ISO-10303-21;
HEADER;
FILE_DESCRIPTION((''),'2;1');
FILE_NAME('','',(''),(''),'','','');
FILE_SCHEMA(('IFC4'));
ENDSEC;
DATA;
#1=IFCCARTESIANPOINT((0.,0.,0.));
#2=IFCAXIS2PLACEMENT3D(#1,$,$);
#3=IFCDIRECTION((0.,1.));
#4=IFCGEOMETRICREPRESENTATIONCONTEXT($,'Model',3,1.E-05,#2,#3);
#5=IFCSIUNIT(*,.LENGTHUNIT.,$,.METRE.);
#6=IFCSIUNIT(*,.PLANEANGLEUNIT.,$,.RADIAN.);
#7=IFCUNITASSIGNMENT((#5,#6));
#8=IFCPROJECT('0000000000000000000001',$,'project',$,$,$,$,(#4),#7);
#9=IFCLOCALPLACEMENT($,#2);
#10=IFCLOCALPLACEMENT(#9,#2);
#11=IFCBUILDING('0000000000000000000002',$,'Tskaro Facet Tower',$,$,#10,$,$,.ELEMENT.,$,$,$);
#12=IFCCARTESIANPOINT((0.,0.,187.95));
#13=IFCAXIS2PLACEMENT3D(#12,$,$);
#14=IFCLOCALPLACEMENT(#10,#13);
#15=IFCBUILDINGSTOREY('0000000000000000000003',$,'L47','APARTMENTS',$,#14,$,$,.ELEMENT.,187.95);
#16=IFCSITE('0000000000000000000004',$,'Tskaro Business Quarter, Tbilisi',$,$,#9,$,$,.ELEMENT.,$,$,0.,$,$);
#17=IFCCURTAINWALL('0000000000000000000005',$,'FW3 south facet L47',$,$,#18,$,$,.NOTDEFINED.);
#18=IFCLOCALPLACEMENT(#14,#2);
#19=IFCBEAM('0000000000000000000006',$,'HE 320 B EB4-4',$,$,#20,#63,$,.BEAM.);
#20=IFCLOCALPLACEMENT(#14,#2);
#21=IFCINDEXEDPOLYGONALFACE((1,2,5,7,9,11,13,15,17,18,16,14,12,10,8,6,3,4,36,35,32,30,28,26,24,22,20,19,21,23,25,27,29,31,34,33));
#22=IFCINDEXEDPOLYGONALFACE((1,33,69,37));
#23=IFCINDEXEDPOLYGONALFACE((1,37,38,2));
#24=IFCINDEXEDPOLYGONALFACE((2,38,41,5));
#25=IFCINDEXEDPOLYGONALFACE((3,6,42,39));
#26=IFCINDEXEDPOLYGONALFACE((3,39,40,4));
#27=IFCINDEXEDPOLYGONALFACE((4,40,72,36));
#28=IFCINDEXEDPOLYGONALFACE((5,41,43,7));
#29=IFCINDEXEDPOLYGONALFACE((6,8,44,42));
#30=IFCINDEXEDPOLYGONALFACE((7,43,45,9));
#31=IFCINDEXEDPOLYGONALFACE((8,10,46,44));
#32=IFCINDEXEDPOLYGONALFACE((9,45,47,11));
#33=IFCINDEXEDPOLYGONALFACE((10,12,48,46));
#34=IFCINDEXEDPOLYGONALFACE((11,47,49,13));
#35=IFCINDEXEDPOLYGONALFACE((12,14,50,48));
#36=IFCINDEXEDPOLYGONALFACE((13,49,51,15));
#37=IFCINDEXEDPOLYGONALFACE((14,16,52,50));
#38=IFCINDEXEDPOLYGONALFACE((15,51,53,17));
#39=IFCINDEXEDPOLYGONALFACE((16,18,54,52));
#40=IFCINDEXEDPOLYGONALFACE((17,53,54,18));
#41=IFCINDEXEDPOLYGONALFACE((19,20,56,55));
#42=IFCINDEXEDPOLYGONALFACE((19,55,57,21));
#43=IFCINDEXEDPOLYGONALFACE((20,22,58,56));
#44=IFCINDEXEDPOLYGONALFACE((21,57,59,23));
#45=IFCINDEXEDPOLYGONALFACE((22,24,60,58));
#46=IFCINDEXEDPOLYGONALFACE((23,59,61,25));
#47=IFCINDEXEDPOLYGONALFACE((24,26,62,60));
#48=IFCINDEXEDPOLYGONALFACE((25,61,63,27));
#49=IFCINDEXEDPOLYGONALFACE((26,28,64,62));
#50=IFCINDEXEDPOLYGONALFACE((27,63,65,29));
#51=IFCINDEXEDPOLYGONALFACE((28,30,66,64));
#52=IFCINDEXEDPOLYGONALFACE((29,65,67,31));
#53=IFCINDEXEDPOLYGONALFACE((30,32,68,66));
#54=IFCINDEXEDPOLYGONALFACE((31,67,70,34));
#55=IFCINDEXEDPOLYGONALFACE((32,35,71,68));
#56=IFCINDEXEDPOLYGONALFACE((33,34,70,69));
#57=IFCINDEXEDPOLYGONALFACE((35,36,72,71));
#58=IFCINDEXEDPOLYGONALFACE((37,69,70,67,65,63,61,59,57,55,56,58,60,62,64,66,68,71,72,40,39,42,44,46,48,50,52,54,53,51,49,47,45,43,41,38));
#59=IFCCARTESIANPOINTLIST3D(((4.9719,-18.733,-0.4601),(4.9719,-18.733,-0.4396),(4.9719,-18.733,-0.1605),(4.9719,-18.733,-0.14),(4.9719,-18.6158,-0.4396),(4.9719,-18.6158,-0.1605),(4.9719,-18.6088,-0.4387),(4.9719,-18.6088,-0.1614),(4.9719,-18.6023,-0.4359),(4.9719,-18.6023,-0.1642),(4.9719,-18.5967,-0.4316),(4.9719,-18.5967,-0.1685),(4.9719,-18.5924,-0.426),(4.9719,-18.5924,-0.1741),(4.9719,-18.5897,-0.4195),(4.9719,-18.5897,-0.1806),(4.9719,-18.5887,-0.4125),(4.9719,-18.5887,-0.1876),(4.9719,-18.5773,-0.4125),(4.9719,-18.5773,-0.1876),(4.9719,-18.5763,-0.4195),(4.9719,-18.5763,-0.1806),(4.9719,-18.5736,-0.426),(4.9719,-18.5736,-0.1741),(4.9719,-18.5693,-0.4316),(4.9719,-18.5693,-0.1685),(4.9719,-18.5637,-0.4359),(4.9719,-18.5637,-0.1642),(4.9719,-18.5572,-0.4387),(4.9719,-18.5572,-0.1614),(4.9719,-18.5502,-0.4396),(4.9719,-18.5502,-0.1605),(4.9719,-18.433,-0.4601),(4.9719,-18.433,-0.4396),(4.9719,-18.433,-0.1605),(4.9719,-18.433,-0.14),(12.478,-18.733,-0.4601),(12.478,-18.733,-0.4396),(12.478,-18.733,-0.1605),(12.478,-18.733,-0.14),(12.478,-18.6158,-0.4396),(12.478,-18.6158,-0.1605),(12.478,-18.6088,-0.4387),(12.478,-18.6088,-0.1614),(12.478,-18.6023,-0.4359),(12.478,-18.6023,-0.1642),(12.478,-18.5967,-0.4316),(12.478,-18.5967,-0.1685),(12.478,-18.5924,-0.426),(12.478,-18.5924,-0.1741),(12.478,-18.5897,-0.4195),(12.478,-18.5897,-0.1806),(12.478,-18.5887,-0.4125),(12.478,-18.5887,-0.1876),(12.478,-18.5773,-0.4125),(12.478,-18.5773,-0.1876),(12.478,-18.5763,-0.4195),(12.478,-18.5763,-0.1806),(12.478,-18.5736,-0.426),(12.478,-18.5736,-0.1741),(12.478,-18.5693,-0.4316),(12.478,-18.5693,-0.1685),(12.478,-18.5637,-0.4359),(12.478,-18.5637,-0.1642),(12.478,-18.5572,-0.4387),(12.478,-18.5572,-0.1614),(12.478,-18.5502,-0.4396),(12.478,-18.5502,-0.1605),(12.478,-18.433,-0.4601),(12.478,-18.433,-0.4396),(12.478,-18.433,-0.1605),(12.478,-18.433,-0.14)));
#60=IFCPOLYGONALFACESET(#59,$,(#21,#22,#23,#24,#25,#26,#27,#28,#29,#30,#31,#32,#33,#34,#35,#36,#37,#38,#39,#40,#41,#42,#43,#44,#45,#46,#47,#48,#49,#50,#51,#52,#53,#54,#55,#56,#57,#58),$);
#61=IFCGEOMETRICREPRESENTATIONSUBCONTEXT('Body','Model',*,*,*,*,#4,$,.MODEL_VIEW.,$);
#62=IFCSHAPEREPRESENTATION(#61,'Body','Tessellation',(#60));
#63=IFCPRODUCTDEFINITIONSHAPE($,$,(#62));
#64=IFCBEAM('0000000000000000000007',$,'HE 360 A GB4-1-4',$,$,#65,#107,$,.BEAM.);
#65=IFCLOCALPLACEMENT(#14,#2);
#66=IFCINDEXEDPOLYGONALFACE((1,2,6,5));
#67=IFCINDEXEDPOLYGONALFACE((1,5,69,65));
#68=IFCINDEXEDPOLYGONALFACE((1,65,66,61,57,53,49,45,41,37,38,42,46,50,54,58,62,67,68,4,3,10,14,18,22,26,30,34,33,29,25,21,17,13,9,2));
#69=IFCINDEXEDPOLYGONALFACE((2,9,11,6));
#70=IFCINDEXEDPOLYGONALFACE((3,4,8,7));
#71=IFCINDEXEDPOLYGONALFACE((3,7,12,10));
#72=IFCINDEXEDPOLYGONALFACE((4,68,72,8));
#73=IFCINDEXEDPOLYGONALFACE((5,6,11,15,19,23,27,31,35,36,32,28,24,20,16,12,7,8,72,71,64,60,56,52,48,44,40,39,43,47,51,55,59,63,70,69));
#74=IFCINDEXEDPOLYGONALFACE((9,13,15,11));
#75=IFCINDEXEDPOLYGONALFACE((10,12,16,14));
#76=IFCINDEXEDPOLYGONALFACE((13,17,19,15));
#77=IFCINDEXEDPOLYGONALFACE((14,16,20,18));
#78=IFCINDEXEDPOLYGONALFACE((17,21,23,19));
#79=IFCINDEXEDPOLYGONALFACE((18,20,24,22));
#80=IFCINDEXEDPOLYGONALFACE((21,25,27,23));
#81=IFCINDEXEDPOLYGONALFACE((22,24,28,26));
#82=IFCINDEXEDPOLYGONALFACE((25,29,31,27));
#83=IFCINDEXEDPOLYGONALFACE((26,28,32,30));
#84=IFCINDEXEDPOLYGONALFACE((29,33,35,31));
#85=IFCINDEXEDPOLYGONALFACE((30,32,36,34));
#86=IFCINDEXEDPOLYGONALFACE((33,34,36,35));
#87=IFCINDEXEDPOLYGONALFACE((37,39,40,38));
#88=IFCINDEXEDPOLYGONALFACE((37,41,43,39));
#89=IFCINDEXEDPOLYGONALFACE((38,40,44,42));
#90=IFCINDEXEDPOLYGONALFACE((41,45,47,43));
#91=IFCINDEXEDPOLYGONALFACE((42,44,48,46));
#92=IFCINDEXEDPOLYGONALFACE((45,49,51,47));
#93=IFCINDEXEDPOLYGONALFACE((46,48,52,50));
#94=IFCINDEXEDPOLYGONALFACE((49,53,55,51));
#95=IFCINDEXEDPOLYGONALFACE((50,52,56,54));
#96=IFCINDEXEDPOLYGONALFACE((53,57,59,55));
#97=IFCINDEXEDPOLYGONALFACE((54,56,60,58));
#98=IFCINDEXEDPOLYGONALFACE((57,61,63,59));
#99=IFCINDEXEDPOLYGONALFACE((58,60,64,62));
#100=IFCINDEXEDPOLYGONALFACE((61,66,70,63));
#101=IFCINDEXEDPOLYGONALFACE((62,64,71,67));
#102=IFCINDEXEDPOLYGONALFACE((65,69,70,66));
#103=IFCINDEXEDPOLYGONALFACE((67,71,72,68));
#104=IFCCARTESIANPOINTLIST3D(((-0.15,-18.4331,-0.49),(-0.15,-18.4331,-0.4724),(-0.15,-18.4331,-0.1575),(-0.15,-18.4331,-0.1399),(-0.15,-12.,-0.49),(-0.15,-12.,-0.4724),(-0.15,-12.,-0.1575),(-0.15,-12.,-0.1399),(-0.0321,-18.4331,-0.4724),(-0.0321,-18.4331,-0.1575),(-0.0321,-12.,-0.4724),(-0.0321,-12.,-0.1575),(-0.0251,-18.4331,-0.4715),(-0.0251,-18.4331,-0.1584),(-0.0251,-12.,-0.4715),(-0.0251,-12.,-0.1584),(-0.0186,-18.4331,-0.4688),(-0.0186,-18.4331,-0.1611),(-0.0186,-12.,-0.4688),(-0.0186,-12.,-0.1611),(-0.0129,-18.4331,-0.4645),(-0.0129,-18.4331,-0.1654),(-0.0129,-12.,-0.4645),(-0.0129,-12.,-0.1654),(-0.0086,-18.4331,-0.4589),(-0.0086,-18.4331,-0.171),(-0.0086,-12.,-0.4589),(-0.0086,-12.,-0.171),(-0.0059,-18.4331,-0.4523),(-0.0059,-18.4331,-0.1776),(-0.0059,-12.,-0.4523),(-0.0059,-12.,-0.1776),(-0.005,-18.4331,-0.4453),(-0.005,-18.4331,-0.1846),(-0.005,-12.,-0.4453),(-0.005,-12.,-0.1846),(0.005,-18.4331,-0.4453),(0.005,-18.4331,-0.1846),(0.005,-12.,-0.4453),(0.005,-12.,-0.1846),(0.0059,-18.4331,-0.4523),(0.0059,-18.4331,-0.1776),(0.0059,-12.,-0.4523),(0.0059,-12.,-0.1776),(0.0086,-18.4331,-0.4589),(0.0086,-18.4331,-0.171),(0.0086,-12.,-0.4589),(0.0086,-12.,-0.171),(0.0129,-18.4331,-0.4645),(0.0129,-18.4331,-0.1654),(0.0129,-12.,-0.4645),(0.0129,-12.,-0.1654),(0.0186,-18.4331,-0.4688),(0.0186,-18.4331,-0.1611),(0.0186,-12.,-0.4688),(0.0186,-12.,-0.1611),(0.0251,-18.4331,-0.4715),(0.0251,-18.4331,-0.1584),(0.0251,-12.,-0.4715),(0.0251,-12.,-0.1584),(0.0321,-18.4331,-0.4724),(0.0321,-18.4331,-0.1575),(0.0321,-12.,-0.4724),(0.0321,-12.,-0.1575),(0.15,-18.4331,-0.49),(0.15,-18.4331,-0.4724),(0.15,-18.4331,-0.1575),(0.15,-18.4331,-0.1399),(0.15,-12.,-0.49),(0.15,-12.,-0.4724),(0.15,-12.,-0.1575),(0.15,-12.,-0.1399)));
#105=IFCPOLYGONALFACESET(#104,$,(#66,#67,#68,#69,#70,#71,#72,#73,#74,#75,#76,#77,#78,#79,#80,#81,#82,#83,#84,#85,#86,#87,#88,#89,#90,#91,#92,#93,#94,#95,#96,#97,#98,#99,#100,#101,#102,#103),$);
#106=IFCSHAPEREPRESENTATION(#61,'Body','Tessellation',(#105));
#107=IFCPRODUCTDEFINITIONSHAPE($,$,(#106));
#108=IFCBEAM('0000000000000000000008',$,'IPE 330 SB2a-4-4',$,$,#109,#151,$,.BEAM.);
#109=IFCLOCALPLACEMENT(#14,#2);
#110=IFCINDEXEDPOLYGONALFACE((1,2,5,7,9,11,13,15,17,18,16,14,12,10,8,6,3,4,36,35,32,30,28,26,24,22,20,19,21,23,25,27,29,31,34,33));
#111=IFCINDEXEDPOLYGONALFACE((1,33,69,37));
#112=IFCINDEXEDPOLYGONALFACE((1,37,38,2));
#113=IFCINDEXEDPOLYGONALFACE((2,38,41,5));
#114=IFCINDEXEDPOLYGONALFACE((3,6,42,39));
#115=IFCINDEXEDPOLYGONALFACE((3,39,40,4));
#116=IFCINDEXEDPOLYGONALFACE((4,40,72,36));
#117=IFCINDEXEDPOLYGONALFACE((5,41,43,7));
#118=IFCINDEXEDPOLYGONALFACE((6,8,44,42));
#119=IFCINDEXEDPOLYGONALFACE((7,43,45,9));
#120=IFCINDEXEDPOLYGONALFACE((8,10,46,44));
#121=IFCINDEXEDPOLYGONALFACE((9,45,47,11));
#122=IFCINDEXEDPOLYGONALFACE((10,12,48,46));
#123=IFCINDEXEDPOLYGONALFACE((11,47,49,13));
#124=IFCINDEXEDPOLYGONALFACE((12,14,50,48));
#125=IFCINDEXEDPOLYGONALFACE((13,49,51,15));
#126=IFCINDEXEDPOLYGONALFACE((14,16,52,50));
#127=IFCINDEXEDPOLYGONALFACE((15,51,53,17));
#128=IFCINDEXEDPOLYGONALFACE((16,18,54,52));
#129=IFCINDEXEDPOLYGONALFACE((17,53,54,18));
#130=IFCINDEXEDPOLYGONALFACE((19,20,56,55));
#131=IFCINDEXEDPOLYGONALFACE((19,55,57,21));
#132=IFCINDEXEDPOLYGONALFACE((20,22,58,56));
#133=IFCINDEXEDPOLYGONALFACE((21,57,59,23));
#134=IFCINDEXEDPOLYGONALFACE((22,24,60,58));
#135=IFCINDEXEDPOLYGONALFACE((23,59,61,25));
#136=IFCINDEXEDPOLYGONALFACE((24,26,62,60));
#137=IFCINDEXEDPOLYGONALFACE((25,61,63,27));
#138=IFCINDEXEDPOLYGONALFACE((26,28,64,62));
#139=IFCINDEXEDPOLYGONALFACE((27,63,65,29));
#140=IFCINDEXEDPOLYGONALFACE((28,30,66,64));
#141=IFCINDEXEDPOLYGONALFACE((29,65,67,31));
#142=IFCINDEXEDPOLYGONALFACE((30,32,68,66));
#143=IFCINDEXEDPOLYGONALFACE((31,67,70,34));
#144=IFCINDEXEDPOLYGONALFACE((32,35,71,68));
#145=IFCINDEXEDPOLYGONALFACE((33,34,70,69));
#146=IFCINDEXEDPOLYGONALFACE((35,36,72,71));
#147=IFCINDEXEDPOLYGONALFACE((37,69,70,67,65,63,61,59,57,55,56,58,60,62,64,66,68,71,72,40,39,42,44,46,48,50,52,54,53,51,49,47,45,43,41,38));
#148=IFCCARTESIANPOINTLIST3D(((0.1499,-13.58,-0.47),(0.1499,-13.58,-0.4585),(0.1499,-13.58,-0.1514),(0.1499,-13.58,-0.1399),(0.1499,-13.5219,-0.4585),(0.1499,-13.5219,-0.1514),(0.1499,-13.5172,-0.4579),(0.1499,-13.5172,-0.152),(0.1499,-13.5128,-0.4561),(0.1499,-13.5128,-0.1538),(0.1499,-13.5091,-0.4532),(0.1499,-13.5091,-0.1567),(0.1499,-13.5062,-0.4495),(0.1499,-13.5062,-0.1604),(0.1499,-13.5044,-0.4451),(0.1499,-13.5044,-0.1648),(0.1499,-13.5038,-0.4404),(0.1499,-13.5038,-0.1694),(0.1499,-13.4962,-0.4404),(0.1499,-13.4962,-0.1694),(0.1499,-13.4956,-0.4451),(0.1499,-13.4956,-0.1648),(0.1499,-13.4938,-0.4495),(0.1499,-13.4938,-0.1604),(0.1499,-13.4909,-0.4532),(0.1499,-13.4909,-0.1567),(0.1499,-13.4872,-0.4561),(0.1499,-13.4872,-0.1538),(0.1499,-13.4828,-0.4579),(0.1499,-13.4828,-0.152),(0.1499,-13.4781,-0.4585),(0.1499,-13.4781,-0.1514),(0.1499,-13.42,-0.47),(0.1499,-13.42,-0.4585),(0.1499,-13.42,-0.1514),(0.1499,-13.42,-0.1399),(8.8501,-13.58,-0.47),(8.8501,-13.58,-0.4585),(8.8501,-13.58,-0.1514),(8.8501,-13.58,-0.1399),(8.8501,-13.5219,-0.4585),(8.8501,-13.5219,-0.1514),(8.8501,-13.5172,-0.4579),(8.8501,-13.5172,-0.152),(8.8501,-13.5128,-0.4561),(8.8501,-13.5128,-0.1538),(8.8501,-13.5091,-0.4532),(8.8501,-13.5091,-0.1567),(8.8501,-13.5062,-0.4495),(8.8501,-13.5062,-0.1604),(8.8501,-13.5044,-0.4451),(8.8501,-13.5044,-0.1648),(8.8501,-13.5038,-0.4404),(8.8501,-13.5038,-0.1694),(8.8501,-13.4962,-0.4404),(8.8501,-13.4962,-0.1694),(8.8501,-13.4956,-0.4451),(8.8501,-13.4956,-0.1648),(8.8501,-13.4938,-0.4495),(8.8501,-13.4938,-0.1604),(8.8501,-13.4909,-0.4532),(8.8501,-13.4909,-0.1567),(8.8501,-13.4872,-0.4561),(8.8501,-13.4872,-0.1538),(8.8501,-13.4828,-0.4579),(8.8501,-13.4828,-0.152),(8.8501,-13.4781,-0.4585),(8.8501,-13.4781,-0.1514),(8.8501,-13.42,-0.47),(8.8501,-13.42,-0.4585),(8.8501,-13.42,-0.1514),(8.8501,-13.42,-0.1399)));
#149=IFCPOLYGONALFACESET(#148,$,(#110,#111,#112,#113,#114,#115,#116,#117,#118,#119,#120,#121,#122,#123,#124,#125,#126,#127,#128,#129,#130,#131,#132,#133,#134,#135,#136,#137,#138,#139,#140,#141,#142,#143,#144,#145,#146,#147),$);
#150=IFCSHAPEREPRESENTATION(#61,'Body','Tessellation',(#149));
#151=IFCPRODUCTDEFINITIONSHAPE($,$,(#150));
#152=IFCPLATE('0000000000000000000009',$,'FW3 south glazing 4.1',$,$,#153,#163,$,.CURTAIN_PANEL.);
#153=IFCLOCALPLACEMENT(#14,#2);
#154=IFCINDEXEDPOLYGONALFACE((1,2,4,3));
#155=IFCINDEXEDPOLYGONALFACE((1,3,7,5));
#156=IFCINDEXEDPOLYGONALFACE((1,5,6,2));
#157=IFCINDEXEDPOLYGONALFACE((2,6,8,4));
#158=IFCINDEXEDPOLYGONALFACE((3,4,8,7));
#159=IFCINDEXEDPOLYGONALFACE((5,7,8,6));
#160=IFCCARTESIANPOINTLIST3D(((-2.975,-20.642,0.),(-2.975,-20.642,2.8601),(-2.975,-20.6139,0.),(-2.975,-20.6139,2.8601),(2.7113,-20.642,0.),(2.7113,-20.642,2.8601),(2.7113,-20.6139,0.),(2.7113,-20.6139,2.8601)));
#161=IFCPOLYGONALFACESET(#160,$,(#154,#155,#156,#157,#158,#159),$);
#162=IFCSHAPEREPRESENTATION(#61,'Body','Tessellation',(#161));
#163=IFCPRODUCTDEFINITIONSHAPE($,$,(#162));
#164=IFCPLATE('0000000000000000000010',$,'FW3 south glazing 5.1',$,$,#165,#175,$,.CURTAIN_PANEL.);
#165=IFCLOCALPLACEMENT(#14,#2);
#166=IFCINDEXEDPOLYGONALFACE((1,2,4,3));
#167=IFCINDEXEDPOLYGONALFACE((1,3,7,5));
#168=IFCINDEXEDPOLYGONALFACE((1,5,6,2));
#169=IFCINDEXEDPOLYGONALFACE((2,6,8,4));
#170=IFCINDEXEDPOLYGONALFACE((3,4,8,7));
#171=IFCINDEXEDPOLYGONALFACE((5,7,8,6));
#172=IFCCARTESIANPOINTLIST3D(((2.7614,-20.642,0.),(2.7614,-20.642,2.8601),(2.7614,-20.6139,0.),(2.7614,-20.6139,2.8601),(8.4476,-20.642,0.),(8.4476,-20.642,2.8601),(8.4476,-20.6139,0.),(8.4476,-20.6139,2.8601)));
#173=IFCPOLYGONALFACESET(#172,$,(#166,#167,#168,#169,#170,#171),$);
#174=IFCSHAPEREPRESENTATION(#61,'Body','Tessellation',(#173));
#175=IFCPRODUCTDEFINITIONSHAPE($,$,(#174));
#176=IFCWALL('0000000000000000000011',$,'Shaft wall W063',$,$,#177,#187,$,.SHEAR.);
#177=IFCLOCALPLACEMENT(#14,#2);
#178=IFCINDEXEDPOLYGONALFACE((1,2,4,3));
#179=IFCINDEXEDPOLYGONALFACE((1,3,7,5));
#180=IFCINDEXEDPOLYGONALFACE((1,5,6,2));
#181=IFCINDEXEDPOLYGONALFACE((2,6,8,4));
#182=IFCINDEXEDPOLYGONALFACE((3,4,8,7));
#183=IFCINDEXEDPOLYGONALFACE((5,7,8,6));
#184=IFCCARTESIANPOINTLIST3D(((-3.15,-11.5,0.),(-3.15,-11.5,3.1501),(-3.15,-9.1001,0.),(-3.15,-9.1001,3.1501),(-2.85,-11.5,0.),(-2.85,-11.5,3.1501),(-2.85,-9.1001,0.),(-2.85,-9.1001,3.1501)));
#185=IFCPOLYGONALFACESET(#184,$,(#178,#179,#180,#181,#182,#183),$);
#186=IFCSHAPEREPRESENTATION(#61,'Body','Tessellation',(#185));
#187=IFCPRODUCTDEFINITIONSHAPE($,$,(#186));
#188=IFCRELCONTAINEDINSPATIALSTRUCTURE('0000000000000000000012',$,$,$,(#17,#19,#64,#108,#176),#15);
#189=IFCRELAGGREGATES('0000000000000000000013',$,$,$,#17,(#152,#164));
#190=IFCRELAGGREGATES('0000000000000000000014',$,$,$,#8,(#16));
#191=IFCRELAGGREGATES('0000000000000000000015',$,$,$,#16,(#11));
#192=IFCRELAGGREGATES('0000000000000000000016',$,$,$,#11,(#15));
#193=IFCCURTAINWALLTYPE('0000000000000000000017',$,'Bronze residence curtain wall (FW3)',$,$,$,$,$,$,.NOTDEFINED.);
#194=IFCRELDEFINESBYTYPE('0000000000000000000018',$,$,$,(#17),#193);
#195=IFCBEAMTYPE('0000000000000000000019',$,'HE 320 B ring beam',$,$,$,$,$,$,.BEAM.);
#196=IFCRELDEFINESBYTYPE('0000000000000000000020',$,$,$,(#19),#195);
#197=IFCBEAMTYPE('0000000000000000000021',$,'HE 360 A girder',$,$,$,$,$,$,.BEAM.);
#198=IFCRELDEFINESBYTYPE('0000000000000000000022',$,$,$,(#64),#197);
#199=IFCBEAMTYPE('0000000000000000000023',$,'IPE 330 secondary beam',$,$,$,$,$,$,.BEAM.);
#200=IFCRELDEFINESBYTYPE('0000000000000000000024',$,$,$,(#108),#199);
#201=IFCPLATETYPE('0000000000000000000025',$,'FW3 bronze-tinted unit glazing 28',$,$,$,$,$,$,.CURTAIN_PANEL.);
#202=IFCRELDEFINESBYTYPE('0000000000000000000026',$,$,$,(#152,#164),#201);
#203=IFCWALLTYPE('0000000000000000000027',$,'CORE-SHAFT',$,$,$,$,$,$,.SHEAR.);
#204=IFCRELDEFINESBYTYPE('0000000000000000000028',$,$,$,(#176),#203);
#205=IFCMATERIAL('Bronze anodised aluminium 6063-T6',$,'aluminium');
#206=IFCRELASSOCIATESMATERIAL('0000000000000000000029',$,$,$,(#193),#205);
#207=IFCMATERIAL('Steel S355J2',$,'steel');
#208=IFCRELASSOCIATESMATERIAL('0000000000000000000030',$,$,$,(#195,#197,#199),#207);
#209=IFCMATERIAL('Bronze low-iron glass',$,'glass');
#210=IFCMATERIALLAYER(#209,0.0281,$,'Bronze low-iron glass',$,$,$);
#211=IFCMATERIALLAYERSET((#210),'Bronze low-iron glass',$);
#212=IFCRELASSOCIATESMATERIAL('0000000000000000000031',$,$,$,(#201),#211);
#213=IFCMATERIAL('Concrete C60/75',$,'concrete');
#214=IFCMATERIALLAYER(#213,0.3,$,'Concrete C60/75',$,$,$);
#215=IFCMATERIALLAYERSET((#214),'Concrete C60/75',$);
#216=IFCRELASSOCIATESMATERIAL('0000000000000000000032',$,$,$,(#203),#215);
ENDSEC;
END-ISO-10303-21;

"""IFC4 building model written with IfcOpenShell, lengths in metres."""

from ifc_helpers import new_model, si_unit, direction, frame, frame_2d, origin, origin_2d, place, context, subcontext, project, spatial, rectangle, i_section, extrude, material, layer, layer_set, material_profile, profile_set, type_object, element, aggregate, save


model = new_model("IFC4")

# Units and contexts
model_context = context("Model", 3, precision=1e-05, world=origin(), true_north=direction((0.0, 1.0)))
body_context = subcontext(model_context, "Body", "Model", "MODEL_VIEW")
ifc_project = project(units=[si_unit("LENGTHUNIT", "METRE"), si_unit("PLANEANGLEUNIT", "RADIAN")], contexts=[model_context])

# Site, building, storey
site_placement = place(None, origin())
site = spatial("IfcSite", under=ifc_project, at=site_placement, Name="Tskaro Business Quarter, Tbilisi", CompositionType="ELEMENT", RefElevation=0.0)
building_placement = place(site_placement, origin())
building = spatial("IfcBuilding", under=site, at=building_placement, Name="Tskaro Facet Tower", CompositionType="ELEMENT")
storey_placement = place(building_placement, frame((0.0, 0.0, 187.95)))
storey = spatial("IfcBuildingStorey", under=building, at=storey_placement, Name="L47", Description="APARTMENTS", CompositionType="ELEMENT", Elevation=187.95)

# Curtain wall
ifc_material_1 = material(Name="Bronze anodised aluminium 6063-T6", Category="aluminium")
curtain_wall_type = type_object("IfcCurtainWallType", Name="Bronze residence curtain wall (FW3)", PredefinedType="NOTDEFINED", material=ifc_material_1)
curtain_wall_placement = place(storey_placement, origin())
curtain_wall = element("IfcCurtainWall", 1, at=curtain_wall_placement, inside=storey, type_object=curtain_wall_type, Name="FW3 south facet L47", PredefinedType="NOTDEFINED")

# Beams
ifc_material_2 = material(Name="Steel S355J2", Category="steel")
ifc_material_profile_1 = material_profile(ifc_material_2, i_section(OverallWidth=0.3, OverallDepth=0.3201, WebThickness=0.0115, FlangeThickness=0.0205, FilletRadius=0.0271, at=origin_2d()), Name="HE 320 B")
ifc_profile_set_1 = profile_set([ifc_material_profile_1], Name="Steel S355J2")
beam_type_1 = type_object("IfcBeamType", Name="HE 320 B ring beam", PredefinedType="BEAM", material=ifc_profile_set_1)
beam_1_placement = place(storey_placement, frame((4.9719, -18.583, -0.3), z_axis=(1.0, 0.0, 0.0), x_axis=(0.0, 1.0, 0.0)))
element("IfcBeam", 2, at=beam_1_placement, inside=storey, type_object=beam_type_1, Name="HE 320 B EB4-4", PredefinedType="BEAM", context=body_context, shape_type="SweptSolid", body=[
    extrude(i_section(OverallWidth=0.3, OverallDepth=0.3201, WebThickness=0.0115, FlangeThickness=0.0205, FilletRadius=0.0271, at=origin_2d()), origin(), (0.0, 0.0, 1.0), 7.5061),
])
ifc_material_profile_2 = material_profile(ifc_material_2, i_section(OverallWidth=0.3, OverallDepth=0.3501, WebThickness=0.01, FlangeThickness=0.0176, FilletRadius=0.0271, at=origin_2d()), Name="HE 360 A")
ifc_profile_set_2 = profile_set([ifc_material_profile_2], Name="Steel S355J2")
beam_type_2 = type_object("IfcBeamType", Name="HE 360 A girder", PredefinedType="BEAM", material=ifc_profile_set_2)
beam_2_placement = place(storey_placement, frame((0.0, -18.4331, -0.3149), z_axis=(0.0, 1.0, 0.0), x_axis=(-1.0, 0.0, 0.0)))
element("IfcBeam", 3, at=beam_2_placement, inside=storey, type_object=beam_type_2, Name="HE 360 A GB4-1-4", PredefinedType="BEAM", context=body_context, shape_type="SweptSolid", body=[
    extrude(i_section(OverallWidth=0.3, OverallDepth=0.3501, WebThickness=0.01, FlangeThickness=0.0176, FilletRadius=0.0271, at=origin_2d()), origin(), (0.0, 0.0, 1.0), 6.4331),
])
ifc_material_profile_3 = material_profile(ifc_material_2, i_section(OverallWidth=0.1599, OverallDepth=0.3301, WebThickness=0.0076, FlangeThickness=0.0115, FilletRadius=0.0181, at=origin_2d()), Name="IPE 330")
ifc_profile_set_3 = profile_set([ifc_material_profile_3], Name="Steel S355J2")
beam_type_3 = type_object("IfcBeamType", Name="IPE 330 secondary beam", PredefinedType="BEAM", material=ifc_profile_set_3)
beam_3_placement = place(storey_placement, frame((0.1499, -13.5, -0.3049), z_axis=(1.0, 0.0, 0.0), x_axis=(0.0, 1.0, 0.0)))
element("IfcBeam", 4, at=beam_3_placement, inside=storey, type_object=beam_type_3, Name="IPE 330 SB2a-4-4", PredefinedType="BEAM", context=body_context, shape_type="SweptSolid", body=[
    extrude(i_section(OverallWidth=0.1599, OverallDepth=0.3301, WebThickness=0.0076, FlangeThickness=0.0115, FilletRadius=0.0181, at=origin_2d()), origin(), (0.0, 0.0, 1.0), 8.7002),
])

# Plates
ifc_material_3 = material(Name="Bronze low-iron glass", Category="glass")
ifc_layer_1 = layer(ifc_material_3, 0.0281, Name="Bronze low-iron glass")
ifc_layer_set_1 = layer_set([ifc_layer_1], Name="Bronze low-iron glass")
plate_type = type_object("IfcPlateType", Name="FW3 bronze-tinted unit glazing 28", PredefinedType="CURTAIN_PANEL", material=ifc_layer_set_1)
plate_1_placement = place(storey_placement, frame((-0.1318, -20.6279, 0.0), z_axis=(0.0, 0.0, 1.0), x_axis=(1.0, 0.0, 0.0)))
plate_1 = element("IfcPlate", 5, at=plate_1_placement, type_object=plate_type, Name="FW3 south glazing 4.1", PredefinedType="CURTAIN_PANEL", context=body_context, shape_type="SweptSolid", body=[
    extrude(rectangle(XDim=5.6863, YDim=0.0281, at=origin_2d()), origin(), (0.0, 0.0, 1.0), 2.8601),
])
plate_2_placement = place(storey_placement, frame((5.6045, -20.6279, 0.0), z_axis=(0.0, 0.0, 1.0), x_axis=(1.0, 0.0, 0.0)))
plate_2 = element("IfcPlate", 6, at=plate_2_placement, type_object=plate_type, Name="FW3 south glazing 5.1", PredefinedType="CURTAIN_PANEL", context=body_context, shape_type="SweptSolid", body=[
    extrude(rectangle(XDim=5.6863, YDim=0.0281, at=origin_2d()), origin(), (0.0, 0.0, 1.0), 2.8601),
])
aggregate(curtain_wall, [plate_1, plate_2])

# Wall
ifc_material_4 = material(Name="Concrete C60/75", Category="concrete")
ifc_layer_2 = layer(ifc_material_4, 0.3, Name="Concrete C60/75")
ifc_layer_set_2 = layer_set([ifc_layer_2], Name="Concrete C60/75")
wall_type_1 = type_object("IfcWallType", Name="CORE-SHAFT", PredefinedType="SHEAR", material=ifc_layer_set_2)
for number, where, z_axis, x_axis, name in (
    (7, (-3.0, -11.5, 0.0), (0.0, 0.0, 1.0), (0.0, 1.0, 0.0), "Shaft wall W063"),
):
    element("IfcWall", number, at=place(storey_placement, frame(where, z_axis=z_axis, x_axis=x_axis)), inside=storey, type_object=wall_type_1, Name=name, PredefinedType="SHEAR", context=body_context, shape_type="SweptSolid", body=[
        extrude(rectangle(XDim=2.3999, YDim=0.3, at=frame_2d((1.2, 0.0))), origin(), (0.0, 0.0, 1.0), 3.1501),
    ])

save(model, "model.ifc")
